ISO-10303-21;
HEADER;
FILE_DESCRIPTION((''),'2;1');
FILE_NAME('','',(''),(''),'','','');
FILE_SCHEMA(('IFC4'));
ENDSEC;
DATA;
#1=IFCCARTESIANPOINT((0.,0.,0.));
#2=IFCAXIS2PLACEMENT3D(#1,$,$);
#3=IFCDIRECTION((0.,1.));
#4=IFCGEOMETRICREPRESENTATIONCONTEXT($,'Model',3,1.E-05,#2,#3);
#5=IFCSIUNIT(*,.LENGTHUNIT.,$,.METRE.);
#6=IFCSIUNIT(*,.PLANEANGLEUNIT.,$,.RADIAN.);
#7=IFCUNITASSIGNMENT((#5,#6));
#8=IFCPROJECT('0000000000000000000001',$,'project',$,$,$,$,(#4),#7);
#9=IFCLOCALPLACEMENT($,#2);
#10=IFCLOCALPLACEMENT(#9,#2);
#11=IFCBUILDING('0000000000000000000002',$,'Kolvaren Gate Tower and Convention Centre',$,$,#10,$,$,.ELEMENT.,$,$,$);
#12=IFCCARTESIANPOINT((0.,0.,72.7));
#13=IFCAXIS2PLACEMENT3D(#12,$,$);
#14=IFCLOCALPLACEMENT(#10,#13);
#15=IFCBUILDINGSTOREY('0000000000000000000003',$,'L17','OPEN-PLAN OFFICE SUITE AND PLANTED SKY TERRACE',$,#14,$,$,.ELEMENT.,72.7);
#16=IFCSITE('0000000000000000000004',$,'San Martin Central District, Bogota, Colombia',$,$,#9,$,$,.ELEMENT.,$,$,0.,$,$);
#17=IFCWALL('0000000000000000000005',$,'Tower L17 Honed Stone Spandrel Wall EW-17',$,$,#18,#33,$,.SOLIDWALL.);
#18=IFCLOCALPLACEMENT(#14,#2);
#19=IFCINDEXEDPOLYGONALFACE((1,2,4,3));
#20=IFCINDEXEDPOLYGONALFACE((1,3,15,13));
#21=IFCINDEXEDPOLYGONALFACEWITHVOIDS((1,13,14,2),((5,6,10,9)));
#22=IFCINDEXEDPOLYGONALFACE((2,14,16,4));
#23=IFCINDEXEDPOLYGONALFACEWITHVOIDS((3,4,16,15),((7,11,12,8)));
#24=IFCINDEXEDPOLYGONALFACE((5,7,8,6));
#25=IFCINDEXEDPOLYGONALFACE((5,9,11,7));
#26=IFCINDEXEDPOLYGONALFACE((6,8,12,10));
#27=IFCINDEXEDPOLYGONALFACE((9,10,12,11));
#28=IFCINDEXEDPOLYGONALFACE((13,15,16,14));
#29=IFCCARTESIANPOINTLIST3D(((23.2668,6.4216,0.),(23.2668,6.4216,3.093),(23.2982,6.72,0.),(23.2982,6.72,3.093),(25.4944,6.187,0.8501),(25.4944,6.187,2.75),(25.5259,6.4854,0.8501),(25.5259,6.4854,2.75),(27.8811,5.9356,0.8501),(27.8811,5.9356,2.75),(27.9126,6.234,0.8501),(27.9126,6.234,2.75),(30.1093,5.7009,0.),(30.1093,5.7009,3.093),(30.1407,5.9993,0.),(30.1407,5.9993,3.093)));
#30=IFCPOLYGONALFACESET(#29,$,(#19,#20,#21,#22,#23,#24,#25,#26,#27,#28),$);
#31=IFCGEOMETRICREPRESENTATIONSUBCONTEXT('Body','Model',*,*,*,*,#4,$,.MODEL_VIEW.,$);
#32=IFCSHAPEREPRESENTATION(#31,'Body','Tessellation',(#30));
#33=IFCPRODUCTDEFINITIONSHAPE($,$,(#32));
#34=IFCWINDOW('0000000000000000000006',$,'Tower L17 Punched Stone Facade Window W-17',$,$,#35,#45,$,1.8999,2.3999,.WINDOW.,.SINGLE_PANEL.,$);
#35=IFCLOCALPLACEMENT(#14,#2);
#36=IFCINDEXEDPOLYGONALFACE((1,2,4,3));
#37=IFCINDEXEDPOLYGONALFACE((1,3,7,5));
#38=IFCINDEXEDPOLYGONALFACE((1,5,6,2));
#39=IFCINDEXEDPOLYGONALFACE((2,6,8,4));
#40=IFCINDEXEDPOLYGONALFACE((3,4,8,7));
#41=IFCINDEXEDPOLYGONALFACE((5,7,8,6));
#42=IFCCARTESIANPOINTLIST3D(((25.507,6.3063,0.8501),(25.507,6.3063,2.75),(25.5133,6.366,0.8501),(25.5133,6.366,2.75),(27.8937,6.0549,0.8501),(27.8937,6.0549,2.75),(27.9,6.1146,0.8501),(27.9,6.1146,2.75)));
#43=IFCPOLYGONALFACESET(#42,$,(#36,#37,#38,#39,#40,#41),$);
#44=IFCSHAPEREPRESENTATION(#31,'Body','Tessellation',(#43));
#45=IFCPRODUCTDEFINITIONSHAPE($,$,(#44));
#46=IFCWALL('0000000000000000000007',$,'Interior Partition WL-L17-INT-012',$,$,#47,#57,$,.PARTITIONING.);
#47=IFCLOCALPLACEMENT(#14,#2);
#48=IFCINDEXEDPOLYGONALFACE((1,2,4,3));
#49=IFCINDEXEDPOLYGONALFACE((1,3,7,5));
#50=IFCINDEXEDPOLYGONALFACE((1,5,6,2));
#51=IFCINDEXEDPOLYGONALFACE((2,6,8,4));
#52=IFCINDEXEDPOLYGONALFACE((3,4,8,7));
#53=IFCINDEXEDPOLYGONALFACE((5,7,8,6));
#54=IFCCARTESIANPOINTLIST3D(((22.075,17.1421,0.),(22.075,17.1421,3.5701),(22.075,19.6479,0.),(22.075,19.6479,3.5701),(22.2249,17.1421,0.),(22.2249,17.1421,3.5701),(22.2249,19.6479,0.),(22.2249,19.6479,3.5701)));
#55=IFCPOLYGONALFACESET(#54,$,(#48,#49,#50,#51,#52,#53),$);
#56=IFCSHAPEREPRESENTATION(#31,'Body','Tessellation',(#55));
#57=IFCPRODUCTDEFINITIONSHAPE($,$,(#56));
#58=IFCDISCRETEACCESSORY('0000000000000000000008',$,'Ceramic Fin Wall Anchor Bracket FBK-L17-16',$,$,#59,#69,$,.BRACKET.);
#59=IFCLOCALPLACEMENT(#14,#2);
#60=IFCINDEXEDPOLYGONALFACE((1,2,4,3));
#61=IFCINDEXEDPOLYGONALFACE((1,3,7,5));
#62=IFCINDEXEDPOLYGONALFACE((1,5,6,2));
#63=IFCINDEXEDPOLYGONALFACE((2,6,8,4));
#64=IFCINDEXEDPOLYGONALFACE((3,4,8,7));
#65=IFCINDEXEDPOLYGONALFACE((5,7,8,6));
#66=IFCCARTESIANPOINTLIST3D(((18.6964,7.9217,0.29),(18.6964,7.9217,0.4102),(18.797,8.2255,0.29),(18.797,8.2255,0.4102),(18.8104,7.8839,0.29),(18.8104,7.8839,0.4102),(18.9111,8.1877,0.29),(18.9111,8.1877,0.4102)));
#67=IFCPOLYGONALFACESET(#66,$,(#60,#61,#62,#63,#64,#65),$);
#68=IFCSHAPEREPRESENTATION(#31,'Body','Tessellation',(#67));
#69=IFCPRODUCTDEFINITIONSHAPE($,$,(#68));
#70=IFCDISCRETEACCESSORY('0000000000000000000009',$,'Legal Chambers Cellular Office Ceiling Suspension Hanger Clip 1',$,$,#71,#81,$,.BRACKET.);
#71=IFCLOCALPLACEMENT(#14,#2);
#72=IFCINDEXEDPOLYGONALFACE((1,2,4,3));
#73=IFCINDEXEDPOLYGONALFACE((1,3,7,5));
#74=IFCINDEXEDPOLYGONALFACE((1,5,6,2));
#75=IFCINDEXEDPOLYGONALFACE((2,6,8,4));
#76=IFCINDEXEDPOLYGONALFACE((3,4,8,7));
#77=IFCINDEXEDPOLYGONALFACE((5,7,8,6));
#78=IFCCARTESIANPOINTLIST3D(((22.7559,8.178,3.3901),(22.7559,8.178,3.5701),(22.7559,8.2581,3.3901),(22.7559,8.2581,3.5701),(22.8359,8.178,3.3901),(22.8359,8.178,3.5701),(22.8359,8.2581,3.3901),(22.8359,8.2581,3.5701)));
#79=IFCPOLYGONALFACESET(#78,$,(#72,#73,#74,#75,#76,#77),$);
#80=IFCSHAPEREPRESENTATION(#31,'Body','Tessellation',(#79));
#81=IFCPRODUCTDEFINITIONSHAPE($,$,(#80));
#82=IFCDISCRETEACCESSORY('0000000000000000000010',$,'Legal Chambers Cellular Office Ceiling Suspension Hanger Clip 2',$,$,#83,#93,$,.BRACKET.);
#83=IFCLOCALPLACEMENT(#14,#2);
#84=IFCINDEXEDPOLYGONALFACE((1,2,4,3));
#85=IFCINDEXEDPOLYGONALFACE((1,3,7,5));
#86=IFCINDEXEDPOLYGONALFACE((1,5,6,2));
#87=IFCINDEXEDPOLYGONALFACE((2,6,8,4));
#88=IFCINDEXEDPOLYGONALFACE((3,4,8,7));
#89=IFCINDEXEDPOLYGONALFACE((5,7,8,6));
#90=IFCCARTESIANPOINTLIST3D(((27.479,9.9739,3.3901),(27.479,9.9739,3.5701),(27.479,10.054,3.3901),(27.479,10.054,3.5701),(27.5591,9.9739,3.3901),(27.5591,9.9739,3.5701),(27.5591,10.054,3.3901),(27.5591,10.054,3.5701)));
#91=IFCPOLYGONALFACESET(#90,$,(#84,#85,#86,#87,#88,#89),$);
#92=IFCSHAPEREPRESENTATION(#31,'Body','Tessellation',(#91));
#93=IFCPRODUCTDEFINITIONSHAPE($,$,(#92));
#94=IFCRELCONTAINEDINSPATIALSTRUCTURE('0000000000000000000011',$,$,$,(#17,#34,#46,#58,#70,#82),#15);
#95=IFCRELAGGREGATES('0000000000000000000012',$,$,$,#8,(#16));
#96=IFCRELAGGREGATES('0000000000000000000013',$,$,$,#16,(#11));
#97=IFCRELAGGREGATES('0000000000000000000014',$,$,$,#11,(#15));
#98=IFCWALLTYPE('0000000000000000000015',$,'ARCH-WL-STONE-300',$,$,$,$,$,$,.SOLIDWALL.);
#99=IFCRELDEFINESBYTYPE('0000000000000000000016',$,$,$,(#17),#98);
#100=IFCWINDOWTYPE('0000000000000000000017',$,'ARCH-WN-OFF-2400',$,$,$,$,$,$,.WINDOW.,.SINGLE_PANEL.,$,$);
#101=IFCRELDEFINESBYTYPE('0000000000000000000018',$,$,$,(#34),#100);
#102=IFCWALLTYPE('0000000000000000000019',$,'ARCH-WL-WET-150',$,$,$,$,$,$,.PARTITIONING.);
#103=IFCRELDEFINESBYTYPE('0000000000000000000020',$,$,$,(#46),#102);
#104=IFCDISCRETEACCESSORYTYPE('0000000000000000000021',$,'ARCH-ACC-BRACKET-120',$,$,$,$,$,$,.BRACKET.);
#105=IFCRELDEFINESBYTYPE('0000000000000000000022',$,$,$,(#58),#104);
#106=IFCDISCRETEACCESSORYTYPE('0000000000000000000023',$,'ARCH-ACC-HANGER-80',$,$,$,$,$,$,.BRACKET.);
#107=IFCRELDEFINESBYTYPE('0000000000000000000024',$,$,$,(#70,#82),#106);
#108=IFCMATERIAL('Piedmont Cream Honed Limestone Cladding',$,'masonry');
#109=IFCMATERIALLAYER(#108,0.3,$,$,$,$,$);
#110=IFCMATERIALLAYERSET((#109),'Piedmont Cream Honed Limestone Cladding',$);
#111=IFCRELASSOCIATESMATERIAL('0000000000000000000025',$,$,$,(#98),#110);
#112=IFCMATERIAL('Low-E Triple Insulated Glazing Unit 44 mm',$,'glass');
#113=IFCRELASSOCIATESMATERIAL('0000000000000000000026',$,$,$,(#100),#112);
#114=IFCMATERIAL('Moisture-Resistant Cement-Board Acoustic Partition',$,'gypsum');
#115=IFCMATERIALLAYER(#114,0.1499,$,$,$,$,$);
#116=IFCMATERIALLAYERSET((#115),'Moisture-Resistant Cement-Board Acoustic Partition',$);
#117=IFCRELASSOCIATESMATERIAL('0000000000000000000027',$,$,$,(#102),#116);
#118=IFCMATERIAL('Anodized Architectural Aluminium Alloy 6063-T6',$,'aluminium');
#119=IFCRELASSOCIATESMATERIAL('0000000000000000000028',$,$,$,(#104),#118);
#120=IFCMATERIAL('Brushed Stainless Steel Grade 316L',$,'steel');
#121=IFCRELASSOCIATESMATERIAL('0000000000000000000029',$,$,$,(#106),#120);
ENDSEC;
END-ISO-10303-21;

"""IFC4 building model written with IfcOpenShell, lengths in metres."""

from ifc_helpers import new_model, si_unit, direction, frame, frame_2d, origin, origin_2d, place, context, subcontext, project, spatial, rectangle, extrude, material, layer, layer_set, type_object, element, fill, save


model = new_model("IFC4")

# Units and contexts
model_context = context("Model", 3, precision=1e-05, world=origin(), true_north=direction((0.0, 1.0)))
body_context = subcontext(model_context, "Body", "Model", "MODEL_VIEW")
ifc_project = project(units=[si_unit("LENGTHUNIT", "METRE"), si_unit("PLANEANGLEUNIT", "RADIAN")], contexts=[model_context])

# Site, building, storey
site_placement = place(None, origin())
site = spatial("IfcSite", under=ifc_project, at=site_placement, Name="San Martin Central District, Bogota, Colombia", CompositionType="ELEMENT", RefElevation=0.0)
building_placement = place(site_placement, origin())
building = spatial("IfcBuilding", under=site, at=building_placement, Name="Kolvaren Gate Tower and Convention Centre", CompositionType="ELEMENT")
storey_placement = place(building_placement, frame((0.0, 0.0, 72.7)))
storey = spatial("IfcBuildingStorey", under=building, at=storey_placement, Name="L17", Description="OPEN-PLAN OFFICE SUITE AND PLANTED SKY TERRACE", CompositionType="ELEMENT", Elevation=72.7)

# Shared definitions
ifc_material_1 = material(Name="Brushed Stainless Steel Grade 316L", Category="steel")

# Wall, opening, window
ifc_material_2 = material(Name="Piedmont Cream Honed Limestone Cladding", Category="masonry")
ifc_layer_1 = layer(ifc_material_2, 0.3)
ifc_layer_set_1 = layer_set([ifc_layer_1], Name="Piedmont Cream Honed Limestone Cladding")
wall_type_1 = type_object("IfcWallType", Name="ARCH-WL-STONE-300", PredefinedType="SOLIDWALL", material=ifc_layer_set_1)
wall_1_placement = place(storey_placement, frame((23.2825, 6.5708, 0.0), z_axis=(0.0, 0.0, 1.0), x_axis=(0.994499, -0.104748, 0.0)))
wall_1 = element("IfcWall", 1, at=wall_1_placement, inside=storey, type_object=wall_type_1, Name="Tower L17 Honed Stone Spandrel Wall EW-17", PredefinedType="SOLIDWALL", context=body_context, shape_type="SweptSolid", body=[
    extrude(rectangle(XDim=6.8804, YDim=0.3, at=frame_2d((3.4402, 0.0))), origin(), (0.0, 0.0, 1.0), 3.093),
])
opening_1_placement = place(wall_1_placement, frame((2.24, 0.0, 0.8501)))
opening_1 = element("IfcOpeningElement", 2, at=opening_1_placement, cuts=wall_1, PredefinedType="OPENING", context=body_context, shape_type="SweptSolid", body=[
    extrude(rectangle(XDim=2.3999, YDim=1.8999, at=frame_2d((1.2, 0.95))), frame((0.0, 0.1599, 0.0), z_axis=(0.0, -1.0, 0.0), x_axis=(1.0, 0.0, 0.0)), (0.0, 0.0, 1.0), 0.3201),
])
ifc_material_3 = material(Name="Low-E Triple Insulated Glazing Unit 44 mm", Category="glass")
window_type = type_object("IfcWindowType", Name="ARCH-WN-OFF-2400", PartitioningType="SINGLE_PANEL", PredefinedType="WINDOW", material=ifc_material_3)
window_placement = place(opening_1_placement, origin())
window = element("IfcWindow", 3, at=window_placement, inside=storey, type_object=window_type, Name="Tower L17 Punched Stone Facade Window W-17", OverallHeight=1.8999, OverallWidth=2.3999, PartitioningType="SINGLE_PANEL", PredefinedType="WINDOW", context=body_context, shape_type="SweptSolid", body=[
    extrude(rectangle(XDim=2.3999, YDim=1.8999, at=frame_2d((1.2, 0.95))), frame((0.0, 0.03, 0.0), z_axis=(0.0, -1.0, 0.0), x_axis=(1.0, 0.0, 0.0)), (0.0, 0.0, 1.0), 0.0601),
])
fill(opening_1, window)

# Wall
ifc_material_4 = material(Name="Moisture-Resistant Cement-Board Acoustic Partition", Category="gypsum")
ifc_layer_2 = layer(ifc_material_4, 0.1499)
ifc_layer_set_2 = layer_set([ifc_layer_2], Name="Moisture-Resistant Cement-Board Acoustic Partition")
wall_type_2 = type_object("IfcWallType", Name="ARCH-WL-WET-150", PredefinedType="PARTITIONING", material=ifc_layer_set_2)
wall_2_placement = place(storey_placement, frame((22.1499, 17.1421, 0.0), z_axis=(0.0, 0.0, 1.0), x_axis=(0.0, 1.0, 0.0)))
element("IfcWall", 4, at=wall_2_placement, inside=storey, type_object=wall_type_2, Name="Interior Partition WL-L17-INT-012", PredefinedType="PARTITIONING", context=body_context, shape_type="SweptSolid", body=[
    extrude(rectangle(XDim=2.5059, YDim=0.1499, at=frame_2d((1.2529, 0.0))), origin(), (0.0, 0.0, 1.0), 3.5701),
])

# Discrete accessories
ifc_material_5 = material(Name="Anodized Architectural Aluminium Alloy 6063-T6", Category="aluminium")
discrete_accessory_type_1 = type_object("IfcDiscreteAccessoryType", Name="ARCH-ACC-BRACKET-120", PredefinedType="BRACKET", material=ifc_material_5)
discrete_accessory_placement = place(storey_placement, frame((18.8037, 8.0547, 0.29), z_axis=(0.0, 0.0, 1.0), x_axis=(0.949242, -0.314548, 0.0)))
element("IfcDiscreteAccessory", 5, at=discrete_accessory_placement, inside=storey, type_object=discrete_accessory_type_1, Name="Ceramic Fin Wall Anchor Bracket FBK-L17-16", PredefinedType="BRACKET", context=body_context, shape_type="SweptSolid", body=[
    extrude(rectangle(XDim=0.1201, YDim=0.3201, at=origin_2d()), origin(), (0.0, 0.0, 1.0), 0.1201),
])
discrete_accessory_type_2 = type_object("IfcDiscreteAccessoryType", Name="ARCH-ACC-HANGER-80", PredefinedType="BRACKET", material=ifc_material_1)
for number, where, z_axis, x_axis, name in (
    (6, (22.7959, 8.218, 3.3901), (0.0, 0.0, 1.0), (1.0, 0.0, 0.0), "Legal Chambers Cellular Office Ceiling Suspension Hanger Clip 1"),
    (7, (27.519, 10.0139, 3.3901), (0.0, 0.0, 1.0), (1.0, 0.0, 0.0), "Legal Chambers Cellular Office Ceiling Suspension Hanger Clip 2"),
):
    element("IfcDiscreteAccessory", number, at=place(storey_placement, frame(where, z_axis=z_axis, x_axis=x_axis)), inside=storey, type_object=discrete_accessory_type_2, Name=name, PredefinedType="BRACKET", context=body_context, shape_type="SweptSolid", body=[
        extrude(rectangle(XDim=0.0801, YDim=0.0801, at=origin_2d()), origin(), (0.0, 0.0, 1.0), 0.1799),
    ])

save(model, "model.ifc")
